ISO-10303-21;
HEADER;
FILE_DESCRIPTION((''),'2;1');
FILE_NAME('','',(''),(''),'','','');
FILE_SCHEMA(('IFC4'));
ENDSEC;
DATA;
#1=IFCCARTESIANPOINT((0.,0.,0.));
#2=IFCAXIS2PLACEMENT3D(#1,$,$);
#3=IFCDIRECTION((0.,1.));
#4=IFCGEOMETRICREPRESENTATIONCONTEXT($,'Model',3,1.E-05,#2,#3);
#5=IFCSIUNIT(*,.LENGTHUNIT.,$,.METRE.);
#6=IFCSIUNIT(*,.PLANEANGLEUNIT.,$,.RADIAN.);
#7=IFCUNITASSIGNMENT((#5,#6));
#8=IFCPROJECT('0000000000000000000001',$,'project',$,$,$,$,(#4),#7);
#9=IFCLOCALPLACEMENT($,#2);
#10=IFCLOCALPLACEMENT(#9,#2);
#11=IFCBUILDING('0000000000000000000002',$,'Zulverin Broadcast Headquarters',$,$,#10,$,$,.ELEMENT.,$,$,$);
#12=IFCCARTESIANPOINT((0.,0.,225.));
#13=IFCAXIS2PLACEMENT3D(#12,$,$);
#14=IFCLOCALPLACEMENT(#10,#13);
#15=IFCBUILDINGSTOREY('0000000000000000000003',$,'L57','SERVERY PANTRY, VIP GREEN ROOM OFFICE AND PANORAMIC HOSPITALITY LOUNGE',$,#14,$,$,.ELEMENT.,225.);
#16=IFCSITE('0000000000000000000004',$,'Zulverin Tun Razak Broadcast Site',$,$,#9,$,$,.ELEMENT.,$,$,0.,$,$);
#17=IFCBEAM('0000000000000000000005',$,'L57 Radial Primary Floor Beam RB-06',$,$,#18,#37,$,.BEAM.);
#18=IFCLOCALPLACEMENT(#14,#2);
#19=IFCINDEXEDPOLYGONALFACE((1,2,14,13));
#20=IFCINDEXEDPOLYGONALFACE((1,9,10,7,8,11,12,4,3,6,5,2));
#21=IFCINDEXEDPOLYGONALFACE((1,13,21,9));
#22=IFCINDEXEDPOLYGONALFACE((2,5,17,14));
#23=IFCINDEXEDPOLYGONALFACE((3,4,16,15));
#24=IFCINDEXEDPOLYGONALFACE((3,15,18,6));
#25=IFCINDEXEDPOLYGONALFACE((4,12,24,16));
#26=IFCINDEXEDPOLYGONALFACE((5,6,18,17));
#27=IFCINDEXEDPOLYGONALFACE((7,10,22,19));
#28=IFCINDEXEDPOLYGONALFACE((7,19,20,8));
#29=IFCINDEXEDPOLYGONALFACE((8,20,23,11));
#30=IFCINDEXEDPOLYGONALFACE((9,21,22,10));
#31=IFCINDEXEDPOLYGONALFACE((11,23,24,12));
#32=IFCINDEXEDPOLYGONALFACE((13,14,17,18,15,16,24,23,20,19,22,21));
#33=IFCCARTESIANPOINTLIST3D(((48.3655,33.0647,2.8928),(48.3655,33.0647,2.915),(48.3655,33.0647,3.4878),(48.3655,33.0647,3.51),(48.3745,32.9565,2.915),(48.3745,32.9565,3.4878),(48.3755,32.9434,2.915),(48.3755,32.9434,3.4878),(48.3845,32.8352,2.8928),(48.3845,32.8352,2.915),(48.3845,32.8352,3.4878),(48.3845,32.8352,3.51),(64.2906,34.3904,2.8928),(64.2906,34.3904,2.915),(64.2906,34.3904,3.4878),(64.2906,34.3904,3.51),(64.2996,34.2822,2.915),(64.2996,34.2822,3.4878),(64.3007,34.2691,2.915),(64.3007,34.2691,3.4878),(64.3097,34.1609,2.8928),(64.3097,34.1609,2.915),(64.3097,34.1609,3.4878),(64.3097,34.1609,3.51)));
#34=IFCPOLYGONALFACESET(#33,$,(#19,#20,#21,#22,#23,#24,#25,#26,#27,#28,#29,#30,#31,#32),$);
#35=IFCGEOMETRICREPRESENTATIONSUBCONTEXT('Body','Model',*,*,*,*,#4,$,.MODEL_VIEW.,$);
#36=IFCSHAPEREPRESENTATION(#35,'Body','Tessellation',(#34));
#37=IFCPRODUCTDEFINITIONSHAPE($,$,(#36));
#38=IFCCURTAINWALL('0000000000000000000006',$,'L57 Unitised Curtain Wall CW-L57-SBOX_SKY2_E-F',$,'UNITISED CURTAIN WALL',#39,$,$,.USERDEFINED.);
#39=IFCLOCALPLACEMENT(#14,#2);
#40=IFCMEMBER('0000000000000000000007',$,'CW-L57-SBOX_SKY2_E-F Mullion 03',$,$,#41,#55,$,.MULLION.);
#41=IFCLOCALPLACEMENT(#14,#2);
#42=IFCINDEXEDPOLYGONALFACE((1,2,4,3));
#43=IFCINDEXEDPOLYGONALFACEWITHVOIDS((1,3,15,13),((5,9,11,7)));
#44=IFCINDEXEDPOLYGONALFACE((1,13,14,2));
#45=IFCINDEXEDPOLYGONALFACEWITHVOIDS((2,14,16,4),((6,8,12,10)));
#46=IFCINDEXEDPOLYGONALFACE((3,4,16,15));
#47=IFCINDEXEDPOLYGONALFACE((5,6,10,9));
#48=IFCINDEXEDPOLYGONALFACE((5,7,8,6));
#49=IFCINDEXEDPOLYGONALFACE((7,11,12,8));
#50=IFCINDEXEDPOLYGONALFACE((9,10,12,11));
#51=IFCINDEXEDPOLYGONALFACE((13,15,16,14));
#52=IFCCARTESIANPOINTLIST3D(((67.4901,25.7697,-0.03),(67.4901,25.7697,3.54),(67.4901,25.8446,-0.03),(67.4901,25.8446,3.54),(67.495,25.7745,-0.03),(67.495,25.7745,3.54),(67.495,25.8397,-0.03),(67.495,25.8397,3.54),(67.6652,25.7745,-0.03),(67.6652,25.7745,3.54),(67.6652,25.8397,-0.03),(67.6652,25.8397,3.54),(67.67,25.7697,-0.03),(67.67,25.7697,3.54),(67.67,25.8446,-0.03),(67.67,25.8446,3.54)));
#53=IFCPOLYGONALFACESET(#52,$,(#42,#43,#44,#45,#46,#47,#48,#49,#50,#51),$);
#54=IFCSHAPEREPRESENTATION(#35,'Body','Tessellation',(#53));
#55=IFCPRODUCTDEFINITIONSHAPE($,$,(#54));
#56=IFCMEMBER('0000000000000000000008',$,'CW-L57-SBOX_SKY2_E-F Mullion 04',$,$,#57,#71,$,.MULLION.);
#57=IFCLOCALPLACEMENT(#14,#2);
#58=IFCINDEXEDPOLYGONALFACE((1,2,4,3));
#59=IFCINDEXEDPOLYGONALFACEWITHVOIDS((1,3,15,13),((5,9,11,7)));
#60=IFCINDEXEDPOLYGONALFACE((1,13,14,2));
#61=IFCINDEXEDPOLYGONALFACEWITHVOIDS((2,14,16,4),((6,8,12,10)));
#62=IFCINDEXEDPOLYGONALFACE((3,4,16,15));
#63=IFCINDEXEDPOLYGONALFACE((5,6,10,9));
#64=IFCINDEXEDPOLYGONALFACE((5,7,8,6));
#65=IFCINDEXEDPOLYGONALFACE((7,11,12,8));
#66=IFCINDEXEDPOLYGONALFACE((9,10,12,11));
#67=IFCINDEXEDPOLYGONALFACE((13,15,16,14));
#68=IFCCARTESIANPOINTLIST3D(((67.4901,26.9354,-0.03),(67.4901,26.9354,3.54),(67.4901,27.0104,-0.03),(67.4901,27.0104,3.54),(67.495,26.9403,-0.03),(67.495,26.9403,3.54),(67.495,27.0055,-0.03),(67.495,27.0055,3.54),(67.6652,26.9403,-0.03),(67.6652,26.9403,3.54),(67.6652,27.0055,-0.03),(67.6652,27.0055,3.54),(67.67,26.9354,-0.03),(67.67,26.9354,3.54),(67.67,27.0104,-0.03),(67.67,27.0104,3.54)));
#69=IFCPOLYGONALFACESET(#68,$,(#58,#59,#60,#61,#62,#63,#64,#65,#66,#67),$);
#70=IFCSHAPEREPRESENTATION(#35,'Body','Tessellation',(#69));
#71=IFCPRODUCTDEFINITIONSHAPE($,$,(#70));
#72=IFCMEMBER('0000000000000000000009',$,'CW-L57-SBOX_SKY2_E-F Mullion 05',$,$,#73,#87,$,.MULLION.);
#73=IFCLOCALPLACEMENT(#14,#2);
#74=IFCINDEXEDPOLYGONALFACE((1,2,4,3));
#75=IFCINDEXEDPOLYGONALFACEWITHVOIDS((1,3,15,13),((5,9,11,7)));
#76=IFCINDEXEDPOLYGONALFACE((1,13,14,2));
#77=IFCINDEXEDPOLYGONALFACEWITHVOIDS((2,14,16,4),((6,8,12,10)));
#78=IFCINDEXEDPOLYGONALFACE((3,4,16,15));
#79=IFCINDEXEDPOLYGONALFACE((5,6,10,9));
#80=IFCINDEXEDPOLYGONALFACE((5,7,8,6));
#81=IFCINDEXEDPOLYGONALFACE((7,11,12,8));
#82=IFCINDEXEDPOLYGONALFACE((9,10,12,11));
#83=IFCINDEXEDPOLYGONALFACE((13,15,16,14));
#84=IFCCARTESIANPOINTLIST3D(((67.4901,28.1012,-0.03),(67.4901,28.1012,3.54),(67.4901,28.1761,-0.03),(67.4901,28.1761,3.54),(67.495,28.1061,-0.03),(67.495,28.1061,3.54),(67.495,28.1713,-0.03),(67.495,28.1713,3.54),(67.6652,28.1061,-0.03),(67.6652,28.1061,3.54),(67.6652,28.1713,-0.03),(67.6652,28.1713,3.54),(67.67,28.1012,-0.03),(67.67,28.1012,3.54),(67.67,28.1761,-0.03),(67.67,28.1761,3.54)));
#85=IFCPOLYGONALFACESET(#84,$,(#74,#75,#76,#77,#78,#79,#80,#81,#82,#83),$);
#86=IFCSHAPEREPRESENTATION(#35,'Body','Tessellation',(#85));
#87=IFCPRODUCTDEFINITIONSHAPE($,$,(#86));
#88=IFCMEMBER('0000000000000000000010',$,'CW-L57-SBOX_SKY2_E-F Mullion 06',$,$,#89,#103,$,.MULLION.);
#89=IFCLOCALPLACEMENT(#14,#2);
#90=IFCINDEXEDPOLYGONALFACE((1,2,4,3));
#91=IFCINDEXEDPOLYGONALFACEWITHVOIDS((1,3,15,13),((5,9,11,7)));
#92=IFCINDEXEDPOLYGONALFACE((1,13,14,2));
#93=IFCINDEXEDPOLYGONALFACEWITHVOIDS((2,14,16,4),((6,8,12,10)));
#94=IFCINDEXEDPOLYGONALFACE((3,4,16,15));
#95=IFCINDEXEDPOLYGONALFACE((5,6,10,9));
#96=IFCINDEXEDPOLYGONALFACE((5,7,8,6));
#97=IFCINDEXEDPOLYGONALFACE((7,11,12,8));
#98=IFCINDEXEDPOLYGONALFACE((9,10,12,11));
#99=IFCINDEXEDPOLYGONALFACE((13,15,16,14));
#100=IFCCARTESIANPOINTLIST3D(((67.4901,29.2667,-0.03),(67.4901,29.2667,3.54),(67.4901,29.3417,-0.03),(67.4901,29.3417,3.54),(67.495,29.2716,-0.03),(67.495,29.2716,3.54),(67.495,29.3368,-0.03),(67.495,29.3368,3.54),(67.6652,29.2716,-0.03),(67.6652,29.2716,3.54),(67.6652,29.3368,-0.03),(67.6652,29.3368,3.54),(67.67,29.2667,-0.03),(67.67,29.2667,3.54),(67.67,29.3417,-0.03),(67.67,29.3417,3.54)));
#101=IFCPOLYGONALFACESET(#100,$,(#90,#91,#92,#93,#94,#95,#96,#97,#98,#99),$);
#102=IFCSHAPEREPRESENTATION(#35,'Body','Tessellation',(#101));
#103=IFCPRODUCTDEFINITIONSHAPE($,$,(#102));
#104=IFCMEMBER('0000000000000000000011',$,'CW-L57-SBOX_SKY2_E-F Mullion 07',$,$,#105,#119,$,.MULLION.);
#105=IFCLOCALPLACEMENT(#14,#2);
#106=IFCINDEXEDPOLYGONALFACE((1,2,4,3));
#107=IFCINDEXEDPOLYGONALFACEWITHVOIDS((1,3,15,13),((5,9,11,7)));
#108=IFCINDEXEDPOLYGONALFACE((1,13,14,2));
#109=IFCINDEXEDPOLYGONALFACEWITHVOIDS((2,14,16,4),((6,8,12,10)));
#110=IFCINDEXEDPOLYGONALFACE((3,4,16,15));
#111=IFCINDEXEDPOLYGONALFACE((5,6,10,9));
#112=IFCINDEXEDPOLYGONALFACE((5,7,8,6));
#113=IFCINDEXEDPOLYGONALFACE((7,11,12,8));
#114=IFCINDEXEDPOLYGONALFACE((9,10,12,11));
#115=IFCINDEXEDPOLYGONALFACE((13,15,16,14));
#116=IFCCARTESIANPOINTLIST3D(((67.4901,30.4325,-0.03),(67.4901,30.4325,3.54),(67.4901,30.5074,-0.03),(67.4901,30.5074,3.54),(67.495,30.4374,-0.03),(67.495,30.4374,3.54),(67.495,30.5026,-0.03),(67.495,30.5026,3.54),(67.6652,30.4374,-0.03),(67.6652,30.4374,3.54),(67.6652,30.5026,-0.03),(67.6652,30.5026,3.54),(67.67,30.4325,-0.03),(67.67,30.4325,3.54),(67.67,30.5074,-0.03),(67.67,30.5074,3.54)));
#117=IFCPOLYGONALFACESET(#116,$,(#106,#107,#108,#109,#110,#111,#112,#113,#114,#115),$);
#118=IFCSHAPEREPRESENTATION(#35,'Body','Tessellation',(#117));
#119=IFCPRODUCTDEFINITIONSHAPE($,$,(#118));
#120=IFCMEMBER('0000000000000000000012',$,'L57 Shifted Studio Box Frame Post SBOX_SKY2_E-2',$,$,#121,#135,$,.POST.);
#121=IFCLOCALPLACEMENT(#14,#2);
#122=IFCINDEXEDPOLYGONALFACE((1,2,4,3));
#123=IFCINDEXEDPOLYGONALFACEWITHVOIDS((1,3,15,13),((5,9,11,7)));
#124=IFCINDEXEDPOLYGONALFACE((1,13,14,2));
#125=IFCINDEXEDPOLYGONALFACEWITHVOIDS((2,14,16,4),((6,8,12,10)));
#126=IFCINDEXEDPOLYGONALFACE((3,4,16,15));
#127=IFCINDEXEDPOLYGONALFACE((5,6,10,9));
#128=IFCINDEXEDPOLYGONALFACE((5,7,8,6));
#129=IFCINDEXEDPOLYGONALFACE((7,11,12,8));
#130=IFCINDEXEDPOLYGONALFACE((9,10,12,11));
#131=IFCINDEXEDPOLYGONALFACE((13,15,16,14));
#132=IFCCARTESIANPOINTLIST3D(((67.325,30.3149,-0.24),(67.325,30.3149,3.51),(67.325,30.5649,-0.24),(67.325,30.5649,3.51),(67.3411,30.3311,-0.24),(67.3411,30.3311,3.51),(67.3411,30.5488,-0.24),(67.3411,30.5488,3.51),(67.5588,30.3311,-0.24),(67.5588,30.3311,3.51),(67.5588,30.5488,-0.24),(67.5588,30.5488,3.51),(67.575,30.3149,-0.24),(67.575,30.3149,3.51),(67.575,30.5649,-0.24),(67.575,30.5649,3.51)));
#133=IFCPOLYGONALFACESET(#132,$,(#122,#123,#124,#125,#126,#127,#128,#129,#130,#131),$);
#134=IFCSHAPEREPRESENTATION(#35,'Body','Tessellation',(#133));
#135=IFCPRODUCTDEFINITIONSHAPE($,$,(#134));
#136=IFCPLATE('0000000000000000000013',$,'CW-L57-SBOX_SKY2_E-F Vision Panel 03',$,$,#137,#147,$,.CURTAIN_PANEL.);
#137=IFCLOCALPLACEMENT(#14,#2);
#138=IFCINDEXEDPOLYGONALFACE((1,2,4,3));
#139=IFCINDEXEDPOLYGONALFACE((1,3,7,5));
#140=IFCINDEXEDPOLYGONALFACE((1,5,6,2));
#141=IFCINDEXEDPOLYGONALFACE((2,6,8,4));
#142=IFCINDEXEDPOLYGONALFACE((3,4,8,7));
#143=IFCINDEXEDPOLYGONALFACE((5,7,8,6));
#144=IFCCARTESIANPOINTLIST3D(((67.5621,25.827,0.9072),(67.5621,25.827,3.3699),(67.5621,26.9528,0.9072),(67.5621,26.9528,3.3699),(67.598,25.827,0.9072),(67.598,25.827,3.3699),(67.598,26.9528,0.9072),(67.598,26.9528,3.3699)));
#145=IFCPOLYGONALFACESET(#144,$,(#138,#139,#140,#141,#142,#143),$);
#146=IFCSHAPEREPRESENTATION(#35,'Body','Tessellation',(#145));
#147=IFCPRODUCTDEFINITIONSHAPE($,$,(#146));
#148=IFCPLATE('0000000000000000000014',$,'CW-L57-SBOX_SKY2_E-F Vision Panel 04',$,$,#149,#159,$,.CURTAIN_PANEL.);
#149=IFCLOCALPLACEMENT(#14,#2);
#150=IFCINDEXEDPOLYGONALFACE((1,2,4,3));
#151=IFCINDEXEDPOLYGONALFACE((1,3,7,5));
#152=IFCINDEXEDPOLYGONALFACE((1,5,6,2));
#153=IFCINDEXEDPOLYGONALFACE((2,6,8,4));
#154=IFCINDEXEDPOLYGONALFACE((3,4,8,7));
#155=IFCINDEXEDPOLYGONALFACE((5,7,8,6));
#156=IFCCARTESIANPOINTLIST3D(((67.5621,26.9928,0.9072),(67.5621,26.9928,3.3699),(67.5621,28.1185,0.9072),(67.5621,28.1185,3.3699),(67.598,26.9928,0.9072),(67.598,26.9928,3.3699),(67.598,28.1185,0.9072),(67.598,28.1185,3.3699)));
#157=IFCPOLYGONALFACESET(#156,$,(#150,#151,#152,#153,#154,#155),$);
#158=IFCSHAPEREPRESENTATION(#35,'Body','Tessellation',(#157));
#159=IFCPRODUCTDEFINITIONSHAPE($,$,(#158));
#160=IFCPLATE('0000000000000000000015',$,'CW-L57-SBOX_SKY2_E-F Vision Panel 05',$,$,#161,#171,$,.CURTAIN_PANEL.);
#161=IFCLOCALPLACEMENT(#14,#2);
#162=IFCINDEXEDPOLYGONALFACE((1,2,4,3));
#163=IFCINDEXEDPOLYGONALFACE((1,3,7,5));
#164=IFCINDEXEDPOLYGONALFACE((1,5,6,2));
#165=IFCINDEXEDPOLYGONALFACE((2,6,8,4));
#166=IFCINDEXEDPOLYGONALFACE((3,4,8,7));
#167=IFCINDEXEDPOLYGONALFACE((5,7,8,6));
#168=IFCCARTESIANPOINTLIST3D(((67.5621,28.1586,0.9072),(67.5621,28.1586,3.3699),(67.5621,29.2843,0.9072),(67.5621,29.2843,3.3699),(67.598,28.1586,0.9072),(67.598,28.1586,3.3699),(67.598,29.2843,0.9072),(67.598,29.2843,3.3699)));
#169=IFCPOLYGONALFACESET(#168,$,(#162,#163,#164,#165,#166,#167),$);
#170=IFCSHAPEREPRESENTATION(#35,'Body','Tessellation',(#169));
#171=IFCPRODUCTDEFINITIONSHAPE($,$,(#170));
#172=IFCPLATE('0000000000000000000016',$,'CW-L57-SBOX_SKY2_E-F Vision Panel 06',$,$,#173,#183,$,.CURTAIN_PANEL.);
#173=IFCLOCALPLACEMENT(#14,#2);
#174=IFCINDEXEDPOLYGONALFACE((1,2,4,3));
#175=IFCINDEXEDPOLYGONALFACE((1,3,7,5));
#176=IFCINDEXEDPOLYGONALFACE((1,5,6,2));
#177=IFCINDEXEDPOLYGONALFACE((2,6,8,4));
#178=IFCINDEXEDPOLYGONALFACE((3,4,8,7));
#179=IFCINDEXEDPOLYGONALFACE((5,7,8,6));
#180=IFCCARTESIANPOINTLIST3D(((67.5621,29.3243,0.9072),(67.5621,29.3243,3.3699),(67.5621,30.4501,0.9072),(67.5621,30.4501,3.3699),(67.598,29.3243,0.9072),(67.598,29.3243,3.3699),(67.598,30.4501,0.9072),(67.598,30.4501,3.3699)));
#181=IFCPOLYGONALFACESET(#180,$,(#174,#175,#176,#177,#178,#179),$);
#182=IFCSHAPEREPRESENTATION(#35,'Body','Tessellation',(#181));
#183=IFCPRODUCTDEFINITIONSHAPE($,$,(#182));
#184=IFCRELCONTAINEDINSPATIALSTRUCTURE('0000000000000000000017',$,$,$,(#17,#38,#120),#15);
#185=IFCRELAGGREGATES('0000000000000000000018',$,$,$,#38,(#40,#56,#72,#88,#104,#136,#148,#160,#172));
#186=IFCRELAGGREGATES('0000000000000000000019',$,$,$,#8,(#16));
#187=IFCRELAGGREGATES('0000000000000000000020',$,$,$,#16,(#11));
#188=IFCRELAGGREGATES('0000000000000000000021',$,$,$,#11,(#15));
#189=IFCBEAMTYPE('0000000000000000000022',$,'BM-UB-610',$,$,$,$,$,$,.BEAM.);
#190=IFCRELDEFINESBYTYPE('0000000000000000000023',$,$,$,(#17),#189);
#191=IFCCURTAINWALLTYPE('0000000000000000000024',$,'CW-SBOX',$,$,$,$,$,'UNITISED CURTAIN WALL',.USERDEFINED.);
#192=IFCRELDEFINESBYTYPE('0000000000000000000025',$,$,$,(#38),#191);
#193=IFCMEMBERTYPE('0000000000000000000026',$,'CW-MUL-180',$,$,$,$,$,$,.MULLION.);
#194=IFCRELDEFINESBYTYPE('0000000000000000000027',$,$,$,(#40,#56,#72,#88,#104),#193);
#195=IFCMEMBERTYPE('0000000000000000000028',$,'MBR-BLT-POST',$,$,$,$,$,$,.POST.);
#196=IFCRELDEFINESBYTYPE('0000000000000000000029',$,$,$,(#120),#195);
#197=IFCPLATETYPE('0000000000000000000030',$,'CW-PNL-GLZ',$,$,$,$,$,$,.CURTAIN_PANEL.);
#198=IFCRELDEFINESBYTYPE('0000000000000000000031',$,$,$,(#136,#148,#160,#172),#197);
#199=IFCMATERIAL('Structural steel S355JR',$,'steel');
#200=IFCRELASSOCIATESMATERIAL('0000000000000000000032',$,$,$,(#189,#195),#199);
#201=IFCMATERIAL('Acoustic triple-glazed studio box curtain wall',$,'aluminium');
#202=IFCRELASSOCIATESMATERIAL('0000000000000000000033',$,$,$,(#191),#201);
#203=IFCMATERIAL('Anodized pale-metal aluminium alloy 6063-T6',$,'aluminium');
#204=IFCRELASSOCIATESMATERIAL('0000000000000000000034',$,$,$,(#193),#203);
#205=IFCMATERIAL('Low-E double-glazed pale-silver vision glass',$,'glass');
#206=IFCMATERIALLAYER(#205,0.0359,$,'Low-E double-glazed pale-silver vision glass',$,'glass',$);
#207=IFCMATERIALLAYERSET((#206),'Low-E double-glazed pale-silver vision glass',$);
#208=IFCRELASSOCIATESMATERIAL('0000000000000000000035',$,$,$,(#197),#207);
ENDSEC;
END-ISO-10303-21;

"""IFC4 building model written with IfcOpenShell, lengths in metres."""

from ifc_helpers import new_model, si_unit, direction, frame, origin, origin_2d, place, context, subcontext, project, spatial, rectangle, hollow_rectangle, i_section, extrude, material, layer, layer_set, material_profile, profile_set, type_object, element, aggregate, save


model = new_model("IFC4")

# Units and contexts
model_context = context("Model", 3, precision=1e-05, world=origin(), true_north=direction((0.0, 1.0)))
body_context = subcontext(model_context, "Body", "Model", "MODEL_VIEW")
ifc_project = project(units=[si_unit("LENGTHUNIT", "METRE"), si_unit("PLANEANGLEUNIT", "RADIAN")], contexts=[model_context])

# Site, building, storey
site_placement = place(None, origin())
site = spatial("IfcSite", under=ifc_project, at=site_placement, Name="Zulverin Tun Razak Broadcast Site", CompositionType="ELEMENT", RefElevation=0.0)
building_placement = place(site_placement, origin())
building = spatial("IfcBuilding", under=site, at=building_placement, Name="Zulverin Broadcast Headquarters", CompositionType="ELEMENT")
storey_placement = place(building_placement, frame((0.0, 0.0, 225.0)))
storey = spatial("IfcBuildingStorey", under=building, at=storey_placement, Name="L57", Description="SERVERY PANTRY, VIP GREEN ROOM OFFICE AND PANORAMIC HOSPITALITY LOUNGE", CompositionType="ELEMENT", Elevation=225.0)

# Beam
ifc_material_1 = material(Name="Structural steel S355JR", Category="steel")
ifc_material_profile_1 = material_profile(ifc_material_1, i_section(OverallWidth=0.2302, OverallDepth=0.6172, WebThickness=0.0132, FlangeThickness=0.0222, at=origin_2d()), Name="Structural steel S355JR", Category="steel")
ifc_profile_set_1 = profile_set([ifc_material_profile_1], Name="Structural steel S355JR")
beam_type = type_object("IfcBeamType", Name="BM-UB-610", PredefinedType="BEAM", material=ifc_profile_set_1)
beam_placement = place(storey_placement, frame((48.375, 32.95, 3.2014), z_axis=(0.996553, 0.082958, 0.0), x_axis=(-0.082958, 0.996553, 0.0)))
element("IfcBeam", 1, at=beam_placement, inside=storey, type_object=beam_type, Name="L57 Radial Primary Floor Beam RB-06", PredefinedType="BEAM", context=body_context, shape_type="SweptSolid", body=[
    extrude(i_section(OverallWidth=0.2302, OverallDepth=0.6172, WebThickness=0.0132, FlangeThickness=0.0222, at=origin_2d()), origin(), (0.0, 0.0, 1.0), 15.9802),
])

# Curtain wall, members
ifc_material_2 = material(Name="Acoustic triple-glazed studio box curtain wall", Category="aluminium")
curtain_wall_type = type_object("IfcCurtainWallType", Name="CW-SBOX", ElementType="UNITISED CURTAIN WALL", PredefinedType="USERDEFINED", material=ifc_material_2)
curtain_wall_placement = place(storey_placement, origin())
curtain_wall = element("IfcCurtainWall", 2, at=curtain_wall_placement, inside=storey, type_object=curtain_wall_type, Name="L57 Unitised Curtain Wall CW-L57-SBOX_SKY2_E-F", ObjectType="UNITISED CURTAIN WALL", PredefinedType="USERDEFINED")
ifc_material_3 = material(Name="Anodized pale-metal aluminium alloy 6063-T6", Category="aluminium")
ifc_material_profile_2 = material_profile(ifc_material_3, hollow_rectangle(XDim=0.075, YDim=0.1799, WallThickness=0.0049, at=origin_2d()), Name="Anodized pale-metal aluminium alloy 6063-T6", Category="aluminium")
ifc_profile_set_2 = profile_set([ifc_material_profile_2], Name="Anodized pale-metal aluminium alloy 6063-T6")
member_type_1 = type_object("IfcMemberType", Name="CW-MUL-180", PredefinedType="MULLION", material=ifc_profile_set_2)
member_1_placement = place(storey_placement, frame((67.5801, 25.8071, -0.03), z_axis=(0.0, 0.0, 1.0), x_axis=(0.0, 1.0, 0.0)))
member_1 = element("IfcMember", 3, at=member_1_placement, type_object=member_type_1, Name="CW-L57-SBOX_SKY2_E-F Mullion 03", PredefinedType="MULLION", context=body_context, shape_type="SweptSolid", body=[
    extrude(hollow_rectangle(XDim=0.075, YDim=0.1799, WallThickness=0.0049, at=origin_2d()), origin(), (0.0, 0.0, 1.0), 3.5701),
])
member_2_placement = place(storey_placement, frame((67.5801, 26.9729, -0.03), z_axis=(0.0, 0.0, 1.0), x_axis=(0.0, 1.0, 0.0)))
member_2 = element("IfcMember", 4, at=member_2_placement, type_object=member_type_1, Name="CW-L57-SBOX_SKY2_E-F Mullion 04", PredefinedType="MULLION", context=body_context, shape_type="SweptSolid", body=[
    extrude(hollow_rectangle(XDim=0.075, YDim=0.1799, WallThickness=0.0049, at=origin_2d()), origin(), (0.0, 0.0, 1.0), 3.5701),
])
member_3_placement = place(storey_placement, frame((67.5801, 28.1387, -0.03), z_axis=(0.0, 0.0, 1.0), x_axis=(0.0, 1.0, 0.0)))
member_3 = element("IfcMember", 5, at=member_3_placement, type_object=member_type_1, Name="CW-L57-SBOX_SKY2_E-F Mullion 05", PredefinedType="MULLION", context=body_context, shape_type="SweptSolid", body=[
    extrude(hollow_rectangle(XDim=0.075, YDim=0.1799, WallThickness=0.0049, at=origin_2d()), origin(), (0.0, 0.0, 1.0), 3.5701),
])
member_4_placement = place(storey_placement, frame((67.5801, 29.3042, -0.03), z_axis=(0.0, 0.0, 1.0), x_axis=(0.0, 1.0, 0.0)))
member_4 = element("IfcMember", 6, at=member_4_placement, type_object=member_type_1, Name="CW-L57-SBOX_SKY2_E-F Mullion 06", PredefinedType="MULLION", context=body_context, shape_type="SweptSolid", body=[
    extrude(hollow_rectangle(XDim=0.075, YDim=0.1799, WallThickness=0.0049, at=origin_2d()), origin(), (0.0, 0.0, 1.0), 3.5701),
])
member_5_placement = place(storey_placement, frame((67.5801, 30.47, -0.03), z_axis=(0.0, 0.0, 1.0), x_axis=(0.0, 1.0, 0.0)))
member_5 = element("IfcMember", 7, at=member_5_placement, type_object=member_type_1, Name="CW-L57-SBOX_SKY2_E-F Mullion 07", PredefinedType="MULLION", context=body_context, shape_type="SweptSolid", body=[
    extrude(hollow_rectangle(XDim=0.075, YDim=0.1799, WallThickness=0.0049, at=origin_2d()), origin(), (0.0, 0.0, 1.0), 3.5701),
])

# Member
ifc_material_profile_3 = material_profile(ifc_material_1, hollow_rectangle(XDim=0.25, YDim=0.25, WallThickness=0.0161, at=origin_2d()), Name="Structural steel S355JR", Category="steel")
ifc_profile_set_3 = profile_set([ifc_material_profile_3], Name="Structural steel S355JR")
member_type_2 = type_object("IfcMemberType", Name="MBR-BLT-POST", PredefinedType="POST", material=ifc_profile_set_3)
member_6_placement = place(storey_placement, frame((67.45, 30.4399, -0.24), z_axis=(0.0, 0.0, 1.0), x_axis=(1.0, 0.0, 0.0)))
element("IfcMember", 8, at=member_6_placement, inside=storey, type_object=member_type_2, Name="L57 Shifted Studio Box Frame Post SBOX_SKY2_E-2", PredefinedType="POST", context=body_context, shape_type="SweptSolid", body=[
    extrude(hollow_rectangle(XDim=0.25, YDim=0.25, WallThickness=0.0161, at=origin_2d()), origin(), (0.0, 0.0, 1.0), 3.75),
])

# Plates
ifc_material_4 = material(Name="Low-E double-glazed pale-silver vision glass", Category="glass")
ifc_layer_1 = layer(ifc_material_4, 0.0359, Name="Low-E double-glazed pale-silver vision glass", Category="glass")
ifc_layer_set_1 = layer_set([ifc_layer_1], Name="Low-E double-glazed pale-silver vision glass")
plate_type_1 = type_object("IfcPlateType", Name="CW-PNL-GLZ", PredefinedType="CURTAIN_PANEL", material=ifc_layer_set_1)
plate_1_placement = place(storey_placement, frame((67.5801, 26.3899, 0.9072), z_axis=(0.0, 0.0, 1.0), x_axis=(0.0, 1.0, 0.0)))
plate_1 = element("IfcPlate", 9, at=plate_1_placement, type_object=plate_type_1, Name="CW-L57-SBOX_SKY2_E-F Vision Panel 03", PredefinedType="CURTAIN_PANEL", context=body_context, shape_type="SweptSolid", body=[
    extrude(rectangle(XDim=1.1257, YDim=0.0359, at=origin_2d()), origin(), (0.0, 0.0, 1.0), 2.4626),
])
plate_2_placement = place(storey_placement, frame((67.5801, 27.5557, 0.9072), z_axis=(0.0, 0.0, 1.0), x_axis=(0.0, 1.0, 0.0)))
plate_2 = element("IfcPlate", 10, at=plate_2_placement, type_object=plate_type_1, Name="CW-L57-SBOX_SKY2_E-F Vision Panel 04", PredefinedType="CURTAIN_PANEL", context=body_context, shape_type="SweptSolid", body=[
    extrude(rectangle(XDim=1.1257, YDim=0.0359, at=origin_2d()), origin(), (0.0, 0.0, 1.0), 2.4626),
])
plate_3_placement = place(storey_placement, frame((67.5801, 28.7214, 0.9072), z_axis=(0.0, 0.0, 1.0), x_axis=(0.0, 1.0, 0.0)))
plate_3 = element("IfcPlate", 11, at=plate_3_placement, type_object=plate_type_1, Name="CW-L57-SBOX_SKY2_E-F Vision Panel 05", PredefinedType="CURTAIN_PANEL", context=body_context, shape_type="SweptSolid", body=[
    extrude(rectangle(XDim=1.1257, YDim=0.0359, at=origin_2d()), origin(), (0.0, 0.0, 1.0), 2.4626),
])
plate_4_placement = place(storey_placement, frame((67.5801, 29.8872, 0.9072), z_axis=(0.0, 0.0, 1.0), x_axis=(0.0, 1.0, 0.0)))
plate_4 = element("IfcPlate", 12, at=plate_4_placement, type_object=plate_type_1, Name="CW-L57-SBOX_SKY2_E-F Vision Panel 06", PredefinedType="CURTAIN_PANEL", context=body_context, shape_type="SweptSolid", body=[
    extrude(rectangle(XDim=1.1257, YDim=0.0359, at=origin_2d()), origin(), (0.0, 0.0, 1.0), 2.4626),
])
aggregate(curtain_wall, [member_1, member_2, member_3, member_4, member_5, plate_1, plate_2, plate_3, plate_4])

save(model, "model.ifc")
